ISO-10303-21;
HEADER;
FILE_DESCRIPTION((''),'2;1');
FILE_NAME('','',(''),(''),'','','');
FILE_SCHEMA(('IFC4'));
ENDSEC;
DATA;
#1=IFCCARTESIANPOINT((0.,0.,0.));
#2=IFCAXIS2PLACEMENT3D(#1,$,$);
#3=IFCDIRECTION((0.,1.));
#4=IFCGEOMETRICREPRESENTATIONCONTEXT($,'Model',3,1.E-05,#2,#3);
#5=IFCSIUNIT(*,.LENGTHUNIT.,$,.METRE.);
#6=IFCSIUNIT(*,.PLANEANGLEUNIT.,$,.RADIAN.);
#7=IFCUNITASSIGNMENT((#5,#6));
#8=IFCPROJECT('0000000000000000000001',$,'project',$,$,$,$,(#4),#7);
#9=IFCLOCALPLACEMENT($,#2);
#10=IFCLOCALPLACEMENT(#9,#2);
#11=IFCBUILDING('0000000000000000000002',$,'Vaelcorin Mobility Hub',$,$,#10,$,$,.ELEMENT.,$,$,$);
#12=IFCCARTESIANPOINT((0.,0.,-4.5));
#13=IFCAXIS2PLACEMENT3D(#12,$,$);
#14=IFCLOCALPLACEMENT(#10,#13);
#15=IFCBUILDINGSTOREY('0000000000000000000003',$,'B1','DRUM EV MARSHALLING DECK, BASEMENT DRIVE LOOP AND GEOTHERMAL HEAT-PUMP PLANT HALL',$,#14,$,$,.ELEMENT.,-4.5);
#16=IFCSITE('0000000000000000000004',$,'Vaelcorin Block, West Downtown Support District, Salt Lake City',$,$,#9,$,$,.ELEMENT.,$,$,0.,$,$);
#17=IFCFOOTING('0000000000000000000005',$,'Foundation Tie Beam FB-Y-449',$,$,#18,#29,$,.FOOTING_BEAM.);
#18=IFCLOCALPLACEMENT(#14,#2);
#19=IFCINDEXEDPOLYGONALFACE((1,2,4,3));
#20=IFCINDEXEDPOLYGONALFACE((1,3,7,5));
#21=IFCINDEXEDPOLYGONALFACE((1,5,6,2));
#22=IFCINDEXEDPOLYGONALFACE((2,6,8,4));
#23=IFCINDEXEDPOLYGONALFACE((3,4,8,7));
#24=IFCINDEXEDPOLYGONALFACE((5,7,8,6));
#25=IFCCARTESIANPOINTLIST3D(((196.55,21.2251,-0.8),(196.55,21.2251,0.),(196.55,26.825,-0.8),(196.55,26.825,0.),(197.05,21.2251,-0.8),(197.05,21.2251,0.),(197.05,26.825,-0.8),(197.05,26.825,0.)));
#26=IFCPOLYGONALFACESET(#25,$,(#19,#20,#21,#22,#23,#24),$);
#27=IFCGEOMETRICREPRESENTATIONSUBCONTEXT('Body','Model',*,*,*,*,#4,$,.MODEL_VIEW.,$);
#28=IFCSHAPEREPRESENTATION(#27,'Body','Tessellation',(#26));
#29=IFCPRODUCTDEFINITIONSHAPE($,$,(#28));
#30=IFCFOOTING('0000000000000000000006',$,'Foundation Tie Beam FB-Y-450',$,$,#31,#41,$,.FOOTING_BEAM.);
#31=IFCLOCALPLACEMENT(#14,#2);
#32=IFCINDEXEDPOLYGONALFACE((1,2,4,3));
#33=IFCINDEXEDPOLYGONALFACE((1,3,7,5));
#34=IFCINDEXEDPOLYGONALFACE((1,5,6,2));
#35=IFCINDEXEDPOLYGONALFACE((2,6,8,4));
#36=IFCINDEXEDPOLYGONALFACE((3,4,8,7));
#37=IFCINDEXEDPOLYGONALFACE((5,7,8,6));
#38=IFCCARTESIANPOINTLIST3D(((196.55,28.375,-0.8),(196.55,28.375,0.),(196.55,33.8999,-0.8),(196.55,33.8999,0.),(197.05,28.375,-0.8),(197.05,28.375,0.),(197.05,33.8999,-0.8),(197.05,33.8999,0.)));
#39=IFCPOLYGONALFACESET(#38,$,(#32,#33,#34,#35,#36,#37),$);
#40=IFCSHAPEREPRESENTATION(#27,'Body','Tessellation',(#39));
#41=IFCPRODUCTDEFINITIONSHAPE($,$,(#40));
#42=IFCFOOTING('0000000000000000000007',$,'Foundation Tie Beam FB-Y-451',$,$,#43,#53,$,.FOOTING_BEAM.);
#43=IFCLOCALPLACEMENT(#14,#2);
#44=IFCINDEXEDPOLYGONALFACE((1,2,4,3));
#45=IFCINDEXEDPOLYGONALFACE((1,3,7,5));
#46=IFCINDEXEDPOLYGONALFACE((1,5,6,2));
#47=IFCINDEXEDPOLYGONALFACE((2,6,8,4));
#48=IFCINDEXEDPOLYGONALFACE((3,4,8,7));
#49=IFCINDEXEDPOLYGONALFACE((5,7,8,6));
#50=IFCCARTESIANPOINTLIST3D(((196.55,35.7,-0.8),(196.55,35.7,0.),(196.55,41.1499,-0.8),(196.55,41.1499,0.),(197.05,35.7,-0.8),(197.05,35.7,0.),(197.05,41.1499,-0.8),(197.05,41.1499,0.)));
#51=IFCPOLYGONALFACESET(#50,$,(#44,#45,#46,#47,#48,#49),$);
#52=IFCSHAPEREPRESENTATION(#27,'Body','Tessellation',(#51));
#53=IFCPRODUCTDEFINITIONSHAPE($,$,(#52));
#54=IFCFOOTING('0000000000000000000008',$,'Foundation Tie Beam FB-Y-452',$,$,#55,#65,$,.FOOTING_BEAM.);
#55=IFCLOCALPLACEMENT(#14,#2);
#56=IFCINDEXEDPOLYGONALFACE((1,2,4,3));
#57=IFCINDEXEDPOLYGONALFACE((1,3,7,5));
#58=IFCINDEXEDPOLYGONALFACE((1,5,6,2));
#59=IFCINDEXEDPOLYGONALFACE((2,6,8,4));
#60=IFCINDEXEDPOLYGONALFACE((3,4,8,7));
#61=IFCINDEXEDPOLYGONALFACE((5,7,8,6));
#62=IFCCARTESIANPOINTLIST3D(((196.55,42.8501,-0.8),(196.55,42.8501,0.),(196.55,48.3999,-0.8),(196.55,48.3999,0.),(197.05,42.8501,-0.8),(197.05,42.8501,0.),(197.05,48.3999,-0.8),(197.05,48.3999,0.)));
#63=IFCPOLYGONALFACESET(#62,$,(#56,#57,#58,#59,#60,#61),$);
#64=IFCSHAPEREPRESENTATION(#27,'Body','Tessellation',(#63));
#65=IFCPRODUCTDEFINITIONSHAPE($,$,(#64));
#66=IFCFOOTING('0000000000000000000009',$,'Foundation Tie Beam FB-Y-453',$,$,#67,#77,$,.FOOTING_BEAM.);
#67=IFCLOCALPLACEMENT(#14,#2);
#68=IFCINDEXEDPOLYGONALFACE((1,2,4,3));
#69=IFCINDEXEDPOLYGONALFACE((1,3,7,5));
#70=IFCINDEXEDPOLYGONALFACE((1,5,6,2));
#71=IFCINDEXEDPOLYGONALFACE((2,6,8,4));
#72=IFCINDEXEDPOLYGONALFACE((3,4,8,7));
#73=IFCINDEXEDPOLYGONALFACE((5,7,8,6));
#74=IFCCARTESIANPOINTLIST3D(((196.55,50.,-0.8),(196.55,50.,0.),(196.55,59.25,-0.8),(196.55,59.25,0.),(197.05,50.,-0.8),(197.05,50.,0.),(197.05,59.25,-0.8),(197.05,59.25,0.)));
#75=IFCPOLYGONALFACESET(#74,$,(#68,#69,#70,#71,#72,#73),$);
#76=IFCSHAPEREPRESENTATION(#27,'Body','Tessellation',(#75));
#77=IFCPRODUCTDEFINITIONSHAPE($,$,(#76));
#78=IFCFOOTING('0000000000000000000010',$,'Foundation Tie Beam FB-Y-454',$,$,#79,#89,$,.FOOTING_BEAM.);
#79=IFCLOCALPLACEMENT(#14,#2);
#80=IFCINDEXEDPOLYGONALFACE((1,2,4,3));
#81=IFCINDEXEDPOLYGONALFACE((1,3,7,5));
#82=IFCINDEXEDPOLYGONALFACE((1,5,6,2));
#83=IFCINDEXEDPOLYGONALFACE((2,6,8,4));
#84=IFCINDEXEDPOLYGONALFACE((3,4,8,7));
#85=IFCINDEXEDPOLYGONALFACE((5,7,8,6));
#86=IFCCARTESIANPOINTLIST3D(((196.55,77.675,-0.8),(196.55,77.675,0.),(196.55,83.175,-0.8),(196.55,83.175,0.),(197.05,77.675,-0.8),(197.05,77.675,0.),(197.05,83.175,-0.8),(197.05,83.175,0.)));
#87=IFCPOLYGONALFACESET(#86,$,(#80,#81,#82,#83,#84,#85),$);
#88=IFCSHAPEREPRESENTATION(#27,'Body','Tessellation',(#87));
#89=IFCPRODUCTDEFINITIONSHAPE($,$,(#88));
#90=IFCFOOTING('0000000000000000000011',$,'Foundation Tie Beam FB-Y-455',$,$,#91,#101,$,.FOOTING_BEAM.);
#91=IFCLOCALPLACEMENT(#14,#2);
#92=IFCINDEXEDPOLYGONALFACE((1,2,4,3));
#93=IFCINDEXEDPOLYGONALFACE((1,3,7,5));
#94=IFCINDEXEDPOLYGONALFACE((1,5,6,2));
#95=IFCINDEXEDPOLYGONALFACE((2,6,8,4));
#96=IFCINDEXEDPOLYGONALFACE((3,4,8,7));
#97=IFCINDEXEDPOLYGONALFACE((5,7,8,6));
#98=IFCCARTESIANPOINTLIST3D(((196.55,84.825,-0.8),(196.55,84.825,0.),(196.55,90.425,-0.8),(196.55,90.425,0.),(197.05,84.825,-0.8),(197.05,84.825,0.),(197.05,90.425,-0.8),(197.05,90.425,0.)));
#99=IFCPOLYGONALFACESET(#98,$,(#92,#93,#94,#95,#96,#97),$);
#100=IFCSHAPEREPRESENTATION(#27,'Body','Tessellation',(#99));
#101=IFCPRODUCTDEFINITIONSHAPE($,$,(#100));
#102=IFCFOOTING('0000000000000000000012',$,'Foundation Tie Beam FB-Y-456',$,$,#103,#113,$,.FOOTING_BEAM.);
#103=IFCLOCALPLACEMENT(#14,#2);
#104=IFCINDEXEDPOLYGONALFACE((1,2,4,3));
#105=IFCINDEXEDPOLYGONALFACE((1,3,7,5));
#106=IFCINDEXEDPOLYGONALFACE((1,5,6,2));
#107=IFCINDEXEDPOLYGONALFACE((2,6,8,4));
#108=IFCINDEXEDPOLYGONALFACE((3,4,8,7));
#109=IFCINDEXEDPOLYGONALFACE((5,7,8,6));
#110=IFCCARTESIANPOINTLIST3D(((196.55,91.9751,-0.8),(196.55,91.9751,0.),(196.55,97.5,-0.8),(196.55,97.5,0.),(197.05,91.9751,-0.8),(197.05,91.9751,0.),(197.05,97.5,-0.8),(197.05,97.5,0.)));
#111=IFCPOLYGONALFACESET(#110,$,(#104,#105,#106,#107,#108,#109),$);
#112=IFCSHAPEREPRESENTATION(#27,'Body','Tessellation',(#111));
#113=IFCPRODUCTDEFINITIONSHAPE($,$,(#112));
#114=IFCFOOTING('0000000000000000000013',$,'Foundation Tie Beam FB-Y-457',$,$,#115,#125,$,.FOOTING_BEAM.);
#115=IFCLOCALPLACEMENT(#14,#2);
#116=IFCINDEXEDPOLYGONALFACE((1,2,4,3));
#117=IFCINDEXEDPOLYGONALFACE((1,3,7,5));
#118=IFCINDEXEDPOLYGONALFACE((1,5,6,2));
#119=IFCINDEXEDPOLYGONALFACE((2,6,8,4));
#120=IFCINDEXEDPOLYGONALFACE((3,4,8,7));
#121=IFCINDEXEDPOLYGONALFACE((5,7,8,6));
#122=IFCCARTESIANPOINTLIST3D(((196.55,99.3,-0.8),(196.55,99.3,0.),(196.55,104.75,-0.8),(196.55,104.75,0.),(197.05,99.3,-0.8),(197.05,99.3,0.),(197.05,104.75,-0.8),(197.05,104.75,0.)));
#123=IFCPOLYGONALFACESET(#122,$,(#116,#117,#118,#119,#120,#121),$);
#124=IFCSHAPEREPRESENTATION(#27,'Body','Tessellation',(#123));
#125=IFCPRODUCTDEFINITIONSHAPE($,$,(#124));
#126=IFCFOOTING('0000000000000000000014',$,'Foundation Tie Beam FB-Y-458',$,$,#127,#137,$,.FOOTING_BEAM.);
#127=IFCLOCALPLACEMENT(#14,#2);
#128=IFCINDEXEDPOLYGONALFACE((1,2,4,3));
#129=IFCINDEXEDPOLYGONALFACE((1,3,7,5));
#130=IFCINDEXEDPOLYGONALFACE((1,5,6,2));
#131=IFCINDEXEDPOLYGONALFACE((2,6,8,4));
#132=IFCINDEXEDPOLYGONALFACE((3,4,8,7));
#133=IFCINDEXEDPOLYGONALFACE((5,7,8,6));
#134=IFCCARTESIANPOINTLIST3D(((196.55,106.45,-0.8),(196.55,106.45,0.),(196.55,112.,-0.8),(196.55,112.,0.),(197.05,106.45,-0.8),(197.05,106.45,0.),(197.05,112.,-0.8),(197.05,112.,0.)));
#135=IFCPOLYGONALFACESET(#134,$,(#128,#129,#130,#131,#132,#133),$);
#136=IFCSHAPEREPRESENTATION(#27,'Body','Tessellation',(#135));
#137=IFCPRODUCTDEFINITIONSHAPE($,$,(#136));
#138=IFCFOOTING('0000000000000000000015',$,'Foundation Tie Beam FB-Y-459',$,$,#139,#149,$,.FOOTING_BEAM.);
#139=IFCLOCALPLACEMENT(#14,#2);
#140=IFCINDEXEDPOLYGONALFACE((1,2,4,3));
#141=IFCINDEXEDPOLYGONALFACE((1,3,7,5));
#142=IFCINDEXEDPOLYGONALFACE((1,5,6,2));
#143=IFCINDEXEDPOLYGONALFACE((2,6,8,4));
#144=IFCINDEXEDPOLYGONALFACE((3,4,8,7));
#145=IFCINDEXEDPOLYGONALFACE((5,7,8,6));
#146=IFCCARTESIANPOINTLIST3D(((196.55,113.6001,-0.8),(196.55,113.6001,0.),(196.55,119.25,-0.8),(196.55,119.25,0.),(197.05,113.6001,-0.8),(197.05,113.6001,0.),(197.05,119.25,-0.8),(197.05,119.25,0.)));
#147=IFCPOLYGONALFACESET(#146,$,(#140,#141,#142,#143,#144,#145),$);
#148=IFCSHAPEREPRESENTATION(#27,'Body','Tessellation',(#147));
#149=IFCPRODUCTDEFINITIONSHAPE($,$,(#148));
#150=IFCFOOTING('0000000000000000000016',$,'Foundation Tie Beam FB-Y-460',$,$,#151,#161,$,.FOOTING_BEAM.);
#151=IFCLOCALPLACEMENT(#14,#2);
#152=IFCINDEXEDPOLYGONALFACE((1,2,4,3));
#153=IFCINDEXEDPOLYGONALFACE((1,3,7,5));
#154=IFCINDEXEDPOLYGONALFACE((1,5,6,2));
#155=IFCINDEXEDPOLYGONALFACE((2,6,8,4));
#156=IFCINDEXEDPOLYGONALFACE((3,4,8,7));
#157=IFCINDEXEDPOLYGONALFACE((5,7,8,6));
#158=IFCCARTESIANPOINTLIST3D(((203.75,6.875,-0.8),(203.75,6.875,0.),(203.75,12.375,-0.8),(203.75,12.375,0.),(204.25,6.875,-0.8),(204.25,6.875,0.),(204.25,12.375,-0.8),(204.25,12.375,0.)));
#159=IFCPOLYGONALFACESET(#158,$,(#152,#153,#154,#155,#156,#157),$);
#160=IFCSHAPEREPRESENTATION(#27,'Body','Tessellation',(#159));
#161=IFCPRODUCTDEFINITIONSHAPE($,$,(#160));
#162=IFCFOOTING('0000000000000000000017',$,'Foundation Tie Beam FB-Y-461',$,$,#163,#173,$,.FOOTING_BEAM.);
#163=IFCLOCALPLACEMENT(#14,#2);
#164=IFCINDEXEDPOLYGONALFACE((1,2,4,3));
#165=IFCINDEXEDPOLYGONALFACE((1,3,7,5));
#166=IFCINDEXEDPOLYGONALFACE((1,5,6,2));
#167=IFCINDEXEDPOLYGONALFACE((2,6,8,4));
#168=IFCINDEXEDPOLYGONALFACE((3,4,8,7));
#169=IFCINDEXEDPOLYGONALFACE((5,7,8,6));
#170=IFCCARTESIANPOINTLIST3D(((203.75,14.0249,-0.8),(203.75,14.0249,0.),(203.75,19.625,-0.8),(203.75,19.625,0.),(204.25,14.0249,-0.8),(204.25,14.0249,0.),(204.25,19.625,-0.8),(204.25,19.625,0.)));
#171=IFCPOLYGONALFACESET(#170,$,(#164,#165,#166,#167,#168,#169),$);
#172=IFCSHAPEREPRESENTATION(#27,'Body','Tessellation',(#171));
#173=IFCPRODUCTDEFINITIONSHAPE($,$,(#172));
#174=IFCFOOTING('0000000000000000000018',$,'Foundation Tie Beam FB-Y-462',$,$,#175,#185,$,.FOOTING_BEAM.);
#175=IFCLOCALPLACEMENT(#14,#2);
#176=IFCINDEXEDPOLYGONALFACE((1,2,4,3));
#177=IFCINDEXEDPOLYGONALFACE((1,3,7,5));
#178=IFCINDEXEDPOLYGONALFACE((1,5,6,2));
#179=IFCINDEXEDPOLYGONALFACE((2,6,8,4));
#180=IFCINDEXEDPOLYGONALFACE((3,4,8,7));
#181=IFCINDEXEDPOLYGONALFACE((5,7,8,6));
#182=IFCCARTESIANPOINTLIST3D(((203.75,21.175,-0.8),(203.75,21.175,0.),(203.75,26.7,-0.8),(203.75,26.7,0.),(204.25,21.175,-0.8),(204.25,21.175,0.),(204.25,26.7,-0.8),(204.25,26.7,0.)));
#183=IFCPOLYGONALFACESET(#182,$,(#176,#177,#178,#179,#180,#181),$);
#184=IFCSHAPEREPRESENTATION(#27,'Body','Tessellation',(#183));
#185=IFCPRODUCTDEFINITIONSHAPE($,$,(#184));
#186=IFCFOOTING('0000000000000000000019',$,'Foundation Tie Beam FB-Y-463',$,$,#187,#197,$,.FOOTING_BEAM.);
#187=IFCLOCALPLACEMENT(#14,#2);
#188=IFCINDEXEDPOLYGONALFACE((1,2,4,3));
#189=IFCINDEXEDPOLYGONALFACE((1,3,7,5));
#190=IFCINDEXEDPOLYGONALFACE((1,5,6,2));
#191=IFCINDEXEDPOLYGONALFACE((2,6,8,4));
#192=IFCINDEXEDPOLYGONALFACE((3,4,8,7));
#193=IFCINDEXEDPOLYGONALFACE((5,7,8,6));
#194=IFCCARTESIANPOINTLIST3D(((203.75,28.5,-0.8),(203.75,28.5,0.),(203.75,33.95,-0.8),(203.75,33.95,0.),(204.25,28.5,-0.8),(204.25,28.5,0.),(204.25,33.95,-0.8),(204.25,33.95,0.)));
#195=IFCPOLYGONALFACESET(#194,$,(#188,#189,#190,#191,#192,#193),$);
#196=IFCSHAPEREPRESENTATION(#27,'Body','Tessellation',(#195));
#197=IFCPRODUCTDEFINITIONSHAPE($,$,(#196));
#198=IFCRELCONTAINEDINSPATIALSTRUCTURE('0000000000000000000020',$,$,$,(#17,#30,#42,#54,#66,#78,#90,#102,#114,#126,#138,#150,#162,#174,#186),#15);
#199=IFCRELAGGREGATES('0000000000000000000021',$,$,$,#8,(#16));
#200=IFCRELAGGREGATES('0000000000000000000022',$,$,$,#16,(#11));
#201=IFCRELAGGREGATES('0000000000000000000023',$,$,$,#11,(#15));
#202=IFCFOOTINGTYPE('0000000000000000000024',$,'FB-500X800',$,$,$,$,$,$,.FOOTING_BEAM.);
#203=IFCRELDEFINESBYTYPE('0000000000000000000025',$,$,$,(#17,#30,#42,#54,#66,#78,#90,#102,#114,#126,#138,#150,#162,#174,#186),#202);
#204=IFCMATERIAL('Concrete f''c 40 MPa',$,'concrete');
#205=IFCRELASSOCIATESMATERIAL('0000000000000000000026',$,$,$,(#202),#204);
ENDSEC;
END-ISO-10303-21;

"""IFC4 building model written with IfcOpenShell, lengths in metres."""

from ifc_helpers import new_model, si_unit, direction, frame, origin, place, context, subcontext, project, spatial, polyline, outline, extrude, material, type_object, element, save


model = new_model("IFC4")

# Units and contexts
model_context = context("Model", 3, precision=1e-05, world=origin(), true_north=direction((0.0, 1.0)))
body_context = subcontext(model_context, "Body", "Model", "MODEL_VIEW")
ifc_project = project(units=[si_unit("LENGTHUNIT", "METRE"), si_unit("PLANEANGLEUNIT", "RADIAN")], contexts=[model_context])

# Site, building, storey
site_placement = place(None, origin())
site = spatial("IfcSite", under=ifc_project, at=site_placement, Name="Vaelcorin Block, West Downtown Support District, Salt Lake City", CompositionType="ELEMENT", RefElevation=0.0)
building_placement = place(site_placement, origin())
building = spatial("IfcBuilding", under=site, at=building_placement, Name="Vaelcorin Mobility Hub", CompositionType="ELEMENT")
storey_placement = place(building_placement, frame((0.0, 0.0, -4.5)))
storey = spatial("IfcBuildingStorey", under=building, at=storey_placement, Name="B1", Description="DRUM EV MARSHALLING DECK, BASEMENT DRIVE LOOP AND GEOTHERMAL HEAT-PUMP PLANT HALL", CompositionType="ELEMENT", Elevation=-4.5)

# Footings
ifc_material = material(Name="Concrete f'c 40 MPa", Category="concrete")
footing_type = type_object("IfcFootingType", Name="FB-500X800", PredefinedType="FOOTING_BEAM", material=ifc_material)
footing_1_placement = place(storey_placement, frame((0.0, 0.0, -0.8)))
element("IfcFooting", 1, at=footing_1_placement, inside=storey, type_object=footing_type, Name="Foundation Tie Beam FB-Y-449", PredefinedType="FOOTING_BEAM", context=body_context, shape_type="SweptSolid", body=[
    extrude(outline(polyline([(196.55, 21.2251), (197.05, 21.2251), (197.05, 26.825), (196.55, 26.825), (196.55, 21.2251)])), origin(), (0.0, 0.0, 1.0), 0.8),
])
footing_2_placement = place(storey_placement, frame((0.0, 0.0, -0.8)))
element("IfcFooting", 2, at=footing_2_placement, inside=storey, type_object=footing_type, Name="Foundation Tie Beam FB-Y-450", PredefinedType="FOOTING_BEAM", context=body_context, shape_type="SweptSolid", body=[
    extrude(outline(polyline([(196.55, 28.375), (197.05, 28.375), (197.05, 33.8999), (196.55, 33.8999), (196.55, 28.375)])), origin(), (0.0, 0.0, 1.0), 0.8),
])
footing_3_placement = place(storey_placement, frame((0.0, 0.0, -0.8)))
element("IfcFooting", 3, at=footing_3_placement, inside=storey, type_object=footing_type, Name="Foundation Tie Beam FB-Y-451", PredefinedType="FOOTING_BEAM", context=body_context, shape_type="SweptSolid", body=[
    extrude(outline(polyline([(196.55, 35.7), (197.05, 35.7), (197.05, 41.1499), (196.55, 41.1499), (196.55, 35.7)])), origin(), (0.0, 0.0, 1.0), 0.8),
])
footing_4_placement = place(storey_placement, frame((0.0, 0.0, -0.8)))
element("IfcFooting", 4, at=footing_4_placement, inside=storey, type_object=footing_type, Name="Foundation Tie Beam FB-Y-452", PredefinedType="FOOTING_BEAM", context=body_context, shape_type="SweptSolid", body=[
    extrude(outline(polyline([(196.55, 42.8501), (197.05, 42.8501), (197.05, 48.3999), (196.55, 48.3999), (196.55, 42.8501)])), origin(), (0.0, 0.0, 1.0), 0.8),
])
footing_5_placement = place(storey_placement, frame((0.0, 0.0, -0.8)))
element("IfcFooting", 5, at=footing_5_placement, inside=storey, type_object=footing_type, Name="Foundation Tie Beam FB-Y-453", PredefinedType="FOOTING_BEAM", context=body_context, shape_type="SweptSolid", body=[
    extrude(outline(polyline([(196.55, 50.0), (197.05, 50.0), (197.05, 59.25), (196.55, 59.25), (196.55, 50.0)])), origin(), (0.0, 0.0, 1.0), 0.8),
])
footing_6_placement = place(storey_placement, frame((0.0, 0.0, -0.8)))
element("IfcFooting", 6, at=footing_6_placement, inside=storey, type_object=footing_type, Name="Foundation Tie Beam FB-Y-454", PredefinedType="FOOTING_BEAM", context=body_context, shape_type="SweptSolid", body=[
    extrude(outline(polyline([(196.55, 77.675), (197.05, 77.675), (197.05, 83.175), (196.55, 83.175), (196.55, 77.675)])), origin(), (0.0, 0.0, 1.0), 0.8),
])
footing_7_placement = place(storey_placement, frame((0.0, 0.0, -0.8)))
element("IfcFooting", 7, at=footing_7_placement, inside=storey, type_object=footing_type, Name="Foundation Tie Beam FB-Y-455", PredefinedType="FOOTING_BEAM", context=body_context, shape_type="SweptSolid", body=[
    extrude(outline(polyline([(196.55, 84.825), (197.05, 84.825), (197.05, 90.425), (196.55, 90.425), (196.55, 84.825)])), origin(), (0.0, 0.0, 1.0), 0.8),
])
footing_8_placement = place(storey_placement, frame((0.0, 0.0, -0.8)))
element("IfcFooting", 8, at=footing_8_placement, inside=storey, type_object=footing_type, Name="Foundation Tie Beam FB-Y-456", PredefinedType="FOOTING_BEAM", context=body_context, shape_type="SweptSolid", body=[
    extrude(outline(polyline([(196.55, 91.9751), (197.05, 91.9751), (197.05, 97.5), (196.55, 97.5), (196.55, 91.9751)])), origin(), (0.0, 0.0, 1.0), 0.8),
])
footing_9_placement = place(storey_placement, frame((0.0, 0.0, -0.8)))
element("IfcFooting", 9, at=footing_9_placement, inside=storey, type_object=footing_type, Name="Foundation Tie Beam FB-Y-457", PredefinedType="FOOTING_BEAM", context=body_context, shape_type="SweptSolid", body=[
    extrude(outline(polyline([(196.55, 99.3), (197.05, 99.3), (197.05, 104.75), (196.55, 104.75), (196.55, 99.3)])), origin(), (0.0, 0.0, 1.0), 0.8),
])
footing_10_placement = place(storey_placement, frame((0.0, 0.0, -0.8)))
element("IfcFooting", 10, at=footing_10_placement, inside=storey, type_object=footing_type, Name="Foundation Tie Beam FB-Y-458", PredefinedType="FOOTING_BEAM", context=body_context, shape_type="SweptSolid", body=[
    extrude(outline(polyline([(196.55, 106.45), (197.05, 106.45), (197.05, 112.0), (196.55, 112.0), (196.55, 106.45)])), origin(), (0.0, 0.0, 1.0), 0.8),
])
footing_11_placement = place(storey_placement, frame((0.0, 0.0, -0.8)))
element("IfcFooting", 11, at=footing_11_placement, inside=storey, type_object=footing_type, Name="Foundation Tie Beam FB-Y-459", PredefinedType="FOOTING_BEAM", context=body_context, shape_type="SweptSolid", body=[
    extrude(outline(polyline([(196.55, 113.6001), (197.05, 113.6001), (197.05, 119.25), (196.55, 119.25), (196.55, 113.6001)])), origin(), (0.0, 0.0, 1.0), 0.8),
])
footing_12_placement = place(storey_placement, frame((0.0, 0.0, -0.8)))
element("IfcFooting", 12, at=footing_12_placement, inside=storey, type_object=footing_type, Name="Foundation Tie Beam FB-Y-460", PredefinedType="FOOTING_BEAM", context=body_context, shape_type="SweptSolid", body=[
    extrude(outline(polyline([(203.75, 6.875), (204.25, 6.875), (204.25, 12.375), (203.75, 12.375), (203.75, 6.875)])), origin(), (0.0, 0.0, 1.0), 0.8),
])
footing_13_placement = place(storey_placement, frame((0.0, 0.0, -0.8)))
element("IfcFooting", 13, at=footing_13_placement, inside=storey, type_object=footing_type, Name="Foundation Tie Beam FB-Y-461", PredefinedType="FOOTING_BEAM", context=body_context, shape_type="SweptSolid", body=[
    extrude(outline(polyline([(203.75, 14.0249), (204.25, 14.0249), (204.25, 19.625), (203.75, 19.625), (203.75, 14.0249)])), origin(), (0.0, 0.0, 1.0), 0.8),
])
footing_14_placement = place(storey_placement, frame((0.0, 0.0, -0.8)))
element("IfcFooting", 14, at=footing_14_placement, inside=storey, type_object=footing_type, Name="Foundation Tie Beam FB-Y-462", PredefinedType="FOOTING_BEAM", context=body_context, shape_type="SweptSolid", body=[
    extrude(outline(polyline([(203.75, 21.175), (204.25, 21.175), (204.25, 26.7), (203.75, 26.7), (203.75, 21.175)])), origin(), (0.0, 0.0, 1.0), 0.8),
])
footing_15_placement = place(storey_placement, frame((0.0, 0.0, -0.8)))
element("IfcFooting", 15, at=footing_15_placement, inside=storey, type_object=footing_type, Name="Foundation Tie Beam FB-Y-463", PredefinedType="FOOTING_BEAM", context=body_context, shape_type="SweptSolid", body=[
    extrude(outline(polyline([(203.75, 28.5), (204.25, 28.5), (204.25, 33.95), (203.75, 33.95), (203.75, 28.5)])), origin(), (0.0, 0.0, 1.0), 0.8),
])

save(model, "model.ifc")
